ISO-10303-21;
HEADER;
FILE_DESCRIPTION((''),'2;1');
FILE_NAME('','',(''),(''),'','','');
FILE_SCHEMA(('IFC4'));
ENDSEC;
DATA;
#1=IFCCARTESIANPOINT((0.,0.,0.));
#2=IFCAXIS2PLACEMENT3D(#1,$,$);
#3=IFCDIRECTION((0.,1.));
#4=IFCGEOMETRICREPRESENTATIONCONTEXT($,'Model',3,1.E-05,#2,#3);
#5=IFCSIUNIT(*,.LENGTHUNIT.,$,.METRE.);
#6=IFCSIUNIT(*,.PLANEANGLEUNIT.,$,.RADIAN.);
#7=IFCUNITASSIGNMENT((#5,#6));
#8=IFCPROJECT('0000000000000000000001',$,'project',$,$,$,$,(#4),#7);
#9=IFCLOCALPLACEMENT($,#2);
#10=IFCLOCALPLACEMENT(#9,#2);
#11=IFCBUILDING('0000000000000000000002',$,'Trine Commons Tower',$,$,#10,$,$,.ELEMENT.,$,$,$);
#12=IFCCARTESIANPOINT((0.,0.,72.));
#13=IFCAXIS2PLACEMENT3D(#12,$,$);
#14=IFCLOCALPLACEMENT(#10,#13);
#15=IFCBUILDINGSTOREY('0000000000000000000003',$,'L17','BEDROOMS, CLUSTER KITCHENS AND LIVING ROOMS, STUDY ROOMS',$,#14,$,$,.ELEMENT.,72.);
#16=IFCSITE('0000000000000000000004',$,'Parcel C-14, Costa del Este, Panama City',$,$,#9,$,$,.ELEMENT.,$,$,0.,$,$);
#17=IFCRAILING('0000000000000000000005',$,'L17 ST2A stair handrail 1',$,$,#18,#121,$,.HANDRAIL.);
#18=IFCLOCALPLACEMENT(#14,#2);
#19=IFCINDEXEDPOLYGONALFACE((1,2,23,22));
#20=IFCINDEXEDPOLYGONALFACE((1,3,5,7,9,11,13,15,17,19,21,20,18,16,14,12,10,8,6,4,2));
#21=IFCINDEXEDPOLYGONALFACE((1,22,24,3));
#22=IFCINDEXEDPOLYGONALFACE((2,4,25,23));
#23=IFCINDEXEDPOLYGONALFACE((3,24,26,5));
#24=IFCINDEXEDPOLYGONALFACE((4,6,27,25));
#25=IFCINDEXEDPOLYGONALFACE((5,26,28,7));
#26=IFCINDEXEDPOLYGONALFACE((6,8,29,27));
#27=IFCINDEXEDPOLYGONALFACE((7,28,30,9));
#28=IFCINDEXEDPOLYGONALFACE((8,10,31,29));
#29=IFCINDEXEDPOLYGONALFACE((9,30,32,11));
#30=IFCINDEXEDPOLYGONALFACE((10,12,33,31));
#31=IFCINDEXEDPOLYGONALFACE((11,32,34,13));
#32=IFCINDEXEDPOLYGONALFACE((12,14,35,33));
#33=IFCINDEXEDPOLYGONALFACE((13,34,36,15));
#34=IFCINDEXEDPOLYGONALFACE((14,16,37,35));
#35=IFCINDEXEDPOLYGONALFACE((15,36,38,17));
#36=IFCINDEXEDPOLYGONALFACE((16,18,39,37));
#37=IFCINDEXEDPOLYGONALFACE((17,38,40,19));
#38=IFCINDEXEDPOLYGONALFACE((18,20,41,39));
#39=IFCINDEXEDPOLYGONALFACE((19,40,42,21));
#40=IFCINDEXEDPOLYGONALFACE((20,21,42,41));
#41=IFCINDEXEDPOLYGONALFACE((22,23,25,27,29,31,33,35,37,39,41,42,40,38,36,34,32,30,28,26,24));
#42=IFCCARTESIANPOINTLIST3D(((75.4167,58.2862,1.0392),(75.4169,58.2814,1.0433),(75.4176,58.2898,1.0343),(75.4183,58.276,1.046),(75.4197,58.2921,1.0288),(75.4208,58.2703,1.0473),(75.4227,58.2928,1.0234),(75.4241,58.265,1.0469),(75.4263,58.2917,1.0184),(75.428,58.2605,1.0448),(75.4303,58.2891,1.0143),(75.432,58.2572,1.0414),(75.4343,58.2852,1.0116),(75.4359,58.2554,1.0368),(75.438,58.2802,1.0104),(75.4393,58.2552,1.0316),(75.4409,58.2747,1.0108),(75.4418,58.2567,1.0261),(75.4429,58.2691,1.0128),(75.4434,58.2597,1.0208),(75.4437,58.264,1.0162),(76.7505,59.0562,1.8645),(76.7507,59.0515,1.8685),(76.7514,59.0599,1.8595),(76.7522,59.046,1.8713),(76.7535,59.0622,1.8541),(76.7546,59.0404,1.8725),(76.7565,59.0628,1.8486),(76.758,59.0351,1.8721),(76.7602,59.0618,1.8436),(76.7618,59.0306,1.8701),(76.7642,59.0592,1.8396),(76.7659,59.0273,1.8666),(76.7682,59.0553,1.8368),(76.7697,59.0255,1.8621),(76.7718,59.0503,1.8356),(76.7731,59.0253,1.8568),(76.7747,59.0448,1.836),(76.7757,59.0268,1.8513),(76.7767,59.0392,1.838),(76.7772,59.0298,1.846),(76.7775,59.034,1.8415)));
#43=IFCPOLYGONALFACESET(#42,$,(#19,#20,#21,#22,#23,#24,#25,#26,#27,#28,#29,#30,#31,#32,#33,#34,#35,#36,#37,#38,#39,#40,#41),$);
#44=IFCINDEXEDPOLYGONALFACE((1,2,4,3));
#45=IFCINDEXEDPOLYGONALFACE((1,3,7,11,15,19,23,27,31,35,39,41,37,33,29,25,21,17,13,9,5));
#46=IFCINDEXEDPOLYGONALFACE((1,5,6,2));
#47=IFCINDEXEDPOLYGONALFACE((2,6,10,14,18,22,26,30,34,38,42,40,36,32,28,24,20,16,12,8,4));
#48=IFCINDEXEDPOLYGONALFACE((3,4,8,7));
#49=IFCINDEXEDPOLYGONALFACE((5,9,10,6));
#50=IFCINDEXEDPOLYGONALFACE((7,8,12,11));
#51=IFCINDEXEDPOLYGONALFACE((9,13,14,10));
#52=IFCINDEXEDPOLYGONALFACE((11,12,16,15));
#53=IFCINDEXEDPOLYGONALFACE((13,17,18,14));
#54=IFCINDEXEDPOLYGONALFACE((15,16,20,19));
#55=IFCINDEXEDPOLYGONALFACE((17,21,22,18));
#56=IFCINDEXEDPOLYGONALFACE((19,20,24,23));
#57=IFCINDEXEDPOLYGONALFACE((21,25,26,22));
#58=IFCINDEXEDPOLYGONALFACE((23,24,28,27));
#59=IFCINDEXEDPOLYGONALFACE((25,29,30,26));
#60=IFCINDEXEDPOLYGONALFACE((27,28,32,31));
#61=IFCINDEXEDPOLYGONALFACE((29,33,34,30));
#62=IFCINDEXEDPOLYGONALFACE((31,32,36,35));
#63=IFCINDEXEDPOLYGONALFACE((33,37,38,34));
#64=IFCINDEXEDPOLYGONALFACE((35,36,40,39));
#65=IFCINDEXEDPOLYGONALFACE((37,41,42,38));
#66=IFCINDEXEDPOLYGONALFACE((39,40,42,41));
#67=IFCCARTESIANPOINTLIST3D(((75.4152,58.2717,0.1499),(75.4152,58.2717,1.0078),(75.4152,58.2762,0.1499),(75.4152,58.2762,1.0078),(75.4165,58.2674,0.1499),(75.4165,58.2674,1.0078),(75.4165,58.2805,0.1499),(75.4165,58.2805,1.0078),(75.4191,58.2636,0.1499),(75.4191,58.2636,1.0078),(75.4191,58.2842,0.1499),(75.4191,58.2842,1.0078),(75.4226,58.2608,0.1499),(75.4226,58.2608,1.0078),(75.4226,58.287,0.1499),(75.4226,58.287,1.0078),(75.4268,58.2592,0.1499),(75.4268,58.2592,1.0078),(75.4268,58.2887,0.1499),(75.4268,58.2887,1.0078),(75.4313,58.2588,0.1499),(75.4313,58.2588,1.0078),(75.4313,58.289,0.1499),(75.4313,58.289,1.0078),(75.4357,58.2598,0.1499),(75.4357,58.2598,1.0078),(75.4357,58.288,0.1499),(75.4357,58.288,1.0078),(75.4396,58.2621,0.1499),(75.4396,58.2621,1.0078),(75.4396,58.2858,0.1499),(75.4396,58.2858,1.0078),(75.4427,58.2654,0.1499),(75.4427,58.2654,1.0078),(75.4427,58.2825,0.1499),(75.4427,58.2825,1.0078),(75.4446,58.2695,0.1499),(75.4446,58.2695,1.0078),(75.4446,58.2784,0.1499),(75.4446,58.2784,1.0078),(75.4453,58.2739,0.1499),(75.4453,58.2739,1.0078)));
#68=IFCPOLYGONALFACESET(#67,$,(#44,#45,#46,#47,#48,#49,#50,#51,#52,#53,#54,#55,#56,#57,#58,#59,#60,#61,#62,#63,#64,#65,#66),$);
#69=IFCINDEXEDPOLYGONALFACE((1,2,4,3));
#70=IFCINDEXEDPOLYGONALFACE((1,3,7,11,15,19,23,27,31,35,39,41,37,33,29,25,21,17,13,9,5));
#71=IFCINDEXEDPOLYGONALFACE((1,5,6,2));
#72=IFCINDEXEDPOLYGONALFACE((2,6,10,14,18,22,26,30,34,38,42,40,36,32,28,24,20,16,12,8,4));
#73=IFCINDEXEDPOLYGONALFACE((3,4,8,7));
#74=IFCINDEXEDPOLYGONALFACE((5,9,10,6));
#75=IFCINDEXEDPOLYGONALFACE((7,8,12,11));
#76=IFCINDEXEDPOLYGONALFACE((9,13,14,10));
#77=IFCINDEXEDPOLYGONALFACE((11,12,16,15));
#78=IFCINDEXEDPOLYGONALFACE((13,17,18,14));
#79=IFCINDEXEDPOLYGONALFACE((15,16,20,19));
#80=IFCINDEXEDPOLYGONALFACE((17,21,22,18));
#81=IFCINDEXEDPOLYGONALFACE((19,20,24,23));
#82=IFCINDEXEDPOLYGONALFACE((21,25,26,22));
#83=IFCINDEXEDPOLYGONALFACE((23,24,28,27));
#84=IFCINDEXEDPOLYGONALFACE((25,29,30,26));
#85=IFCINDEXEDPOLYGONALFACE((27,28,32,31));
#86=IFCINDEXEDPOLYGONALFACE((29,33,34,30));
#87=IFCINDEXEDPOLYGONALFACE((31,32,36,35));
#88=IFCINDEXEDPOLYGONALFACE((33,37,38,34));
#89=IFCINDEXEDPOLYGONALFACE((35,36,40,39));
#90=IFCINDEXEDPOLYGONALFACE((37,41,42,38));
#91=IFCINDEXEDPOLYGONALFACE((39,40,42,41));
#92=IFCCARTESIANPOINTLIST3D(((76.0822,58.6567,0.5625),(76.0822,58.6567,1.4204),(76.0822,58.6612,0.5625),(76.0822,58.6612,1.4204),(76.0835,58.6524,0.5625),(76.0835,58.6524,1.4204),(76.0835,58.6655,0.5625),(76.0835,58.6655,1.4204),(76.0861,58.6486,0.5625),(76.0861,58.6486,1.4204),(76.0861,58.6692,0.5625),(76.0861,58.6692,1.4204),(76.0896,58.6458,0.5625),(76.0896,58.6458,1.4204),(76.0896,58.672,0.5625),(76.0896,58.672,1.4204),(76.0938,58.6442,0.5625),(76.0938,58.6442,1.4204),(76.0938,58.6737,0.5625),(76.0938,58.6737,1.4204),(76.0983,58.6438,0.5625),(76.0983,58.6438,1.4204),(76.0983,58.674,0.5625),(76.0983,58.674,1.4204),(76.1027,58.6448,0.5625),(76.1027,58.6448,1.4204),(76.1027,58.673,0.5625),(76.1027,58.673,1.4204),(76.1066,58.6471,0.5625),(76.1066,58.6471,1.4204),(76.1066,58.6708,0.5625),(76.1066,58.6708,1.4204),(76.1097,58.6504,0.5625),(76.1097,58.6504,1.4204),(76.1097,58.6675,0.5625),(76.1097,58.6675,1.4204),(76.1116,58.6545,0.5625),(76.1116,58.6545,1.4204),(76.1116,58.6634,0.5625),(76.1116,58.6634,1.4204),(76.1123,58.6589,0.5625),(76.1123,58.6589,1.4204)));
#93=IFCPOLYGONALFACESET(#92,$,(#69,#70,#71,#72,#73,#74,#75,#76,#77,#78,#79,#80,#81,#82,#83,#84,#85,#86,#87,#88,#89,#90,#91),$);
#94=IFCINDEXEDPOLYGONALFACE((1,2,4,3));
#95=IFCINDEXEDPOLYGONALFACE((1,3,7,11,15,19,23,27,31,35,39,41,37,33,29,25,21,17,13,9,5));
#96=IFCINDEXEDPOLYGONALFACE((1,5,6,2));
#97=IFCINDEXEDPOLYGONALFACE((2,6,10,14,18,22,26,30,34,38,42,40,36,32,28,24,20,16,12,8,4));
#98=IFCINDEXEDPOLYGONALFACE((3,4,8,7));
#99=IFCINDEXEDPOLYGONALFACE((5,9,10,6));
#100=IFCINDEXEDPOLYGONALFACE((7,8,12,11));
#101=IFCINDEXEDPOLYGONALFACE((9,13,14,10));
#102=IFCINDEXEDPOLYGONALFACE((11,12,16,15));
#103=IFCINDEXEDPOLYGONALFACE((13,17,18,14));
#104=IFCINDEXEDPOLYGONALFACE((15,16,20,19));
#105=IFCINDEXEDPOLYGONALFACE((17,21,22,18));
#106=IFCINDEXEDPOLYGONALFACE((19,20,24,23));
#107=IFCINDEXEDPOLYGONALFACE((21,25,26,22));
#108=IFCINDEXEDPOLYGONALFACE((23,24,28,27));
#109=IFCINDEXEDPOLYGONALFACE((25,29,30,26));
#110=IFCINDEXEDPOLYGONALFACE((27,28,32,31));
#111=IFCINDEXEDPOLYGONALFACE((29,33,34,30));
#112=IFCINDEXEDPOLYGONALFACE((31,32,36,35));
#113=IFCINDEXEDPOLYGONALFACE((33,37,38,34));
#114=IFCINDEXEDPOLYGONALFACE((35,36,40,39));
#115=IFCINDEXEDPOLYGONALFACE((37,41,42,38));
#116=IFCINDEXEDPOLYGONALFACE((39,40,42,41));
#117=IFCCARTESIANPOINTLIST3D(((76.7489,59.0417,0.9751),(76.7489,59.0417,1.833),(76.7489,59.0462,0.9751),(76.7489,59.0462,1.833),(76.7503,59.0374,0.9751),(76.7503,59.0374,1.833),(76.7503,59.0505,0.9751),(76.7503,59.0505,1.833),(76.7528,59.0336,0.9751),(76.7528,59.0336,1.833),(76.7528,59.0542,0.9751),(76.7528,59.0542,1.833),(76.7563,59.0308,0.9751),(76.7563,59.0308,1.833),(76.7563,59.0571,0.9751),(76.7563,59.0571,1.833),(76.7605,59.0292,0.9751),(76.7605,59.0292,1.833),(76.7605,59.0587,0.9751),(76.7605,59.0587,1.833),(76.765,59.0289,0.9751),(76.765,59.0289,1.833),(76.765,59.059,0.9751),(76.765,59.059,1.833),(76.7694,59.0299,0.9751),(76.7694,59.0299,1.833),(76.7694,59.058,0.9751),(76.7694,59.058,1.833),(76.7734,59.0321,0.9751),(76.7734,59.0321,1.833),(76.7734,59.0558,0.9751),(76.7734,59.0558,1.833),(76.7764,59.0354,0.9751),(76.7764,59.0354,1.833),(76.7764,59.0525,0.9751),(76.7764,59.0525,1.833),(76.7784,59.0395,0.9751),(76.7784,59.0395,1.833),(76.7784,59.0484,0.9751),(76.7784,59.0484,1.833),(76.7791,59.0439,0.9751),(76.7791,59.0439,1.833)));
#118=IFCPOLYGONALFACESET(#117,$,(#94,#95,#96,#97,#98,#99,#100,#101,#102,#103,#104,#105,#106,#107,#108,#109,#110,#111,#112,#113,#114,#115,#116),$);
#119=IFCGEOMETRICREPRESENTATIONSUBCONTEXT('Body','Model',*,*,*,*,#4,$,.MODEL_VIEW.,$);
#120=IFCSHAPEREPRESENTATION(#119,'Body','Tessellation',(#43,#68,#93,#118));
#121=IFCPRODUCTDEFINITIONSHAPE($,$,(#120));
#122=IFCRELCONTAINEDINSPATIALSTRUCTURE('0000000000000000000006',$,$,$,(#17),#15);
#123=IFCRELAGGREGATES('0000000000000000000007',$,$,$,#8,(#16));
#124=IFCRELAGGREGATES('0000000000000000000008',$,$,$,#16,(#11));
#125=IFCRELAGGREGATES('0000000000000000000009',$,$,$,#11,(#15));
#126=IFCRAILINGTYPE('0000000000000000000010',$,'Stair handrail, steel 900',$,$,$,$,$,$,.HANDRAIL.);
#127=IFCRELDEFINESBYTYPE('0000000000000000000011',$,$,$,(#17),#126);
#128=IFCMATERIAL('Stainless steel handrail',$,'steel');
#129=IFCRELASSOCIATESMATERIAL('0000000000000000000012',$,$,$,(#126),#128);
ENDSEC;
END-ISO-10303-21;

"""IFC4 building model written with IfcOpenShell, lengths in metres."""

from ifc_helpers import new_model, si_unit, direction, frame, origin, origin_2d, place, context, subcontext, project, spatial, circle, extrude, material, type_object, element, save


model = new_model("IFC4")

# Units and contexts
model_context = context("Model", 3, precision=1e-05, world=origin(), true_north=direction((0.0, 1.0)))
body_context = subcontext(model_context, "Body", "Model", "MODEL_VIEW")
ifc_project = project(units=[si_unit("LENGTHUNIT", "METRE"), si_unit("PLANEANGLEUNIT", "RADIAN")], contexts=[model_context])

# Site, building, storey
site_placement = place(None, origin())
site = spatial("IfcSite", under=ifc_project, at=site_placement, Name="Parcel C-14, Costa del Este, Panama City", CompositionType="ELEMENT", RefElevation=0.0)
building_placement = place(site_placement, origin())
building = spatial("IfcBuilding", under=site, at=building_placement, Name="Trine Commons Tower", CompositionType="ELEMENT")
storey_placement = place(building_placement, frame((0.0, 0.0, 72.0)))
storey = spatial("IfcBuildingStorey", under=building, at=storey_placement, Name="L17", Description="BEDROOMS, CLUSTER KITCHENS AND LIVING ROOMS, STUDY ROOMS", CompositionType="ELEMENT", Elevation=72.0)

# Railing
ifc_material_1 = material(Name="Stainless steel handrail", Category="steel")
railing_type_1 = type_object("IfcRailingType", Name="Stair handrail, steel 900", PredefinedType="HANDRAIL", material=ifc_material_1)
railing_1_placement = place(storey_placement, frame((75.4302, 58.2739, 0.1499)))
element("IfcRailing", 1, at=railing_1_placement, inside=storey, type_object=railing_type_1, Name="L17 ST2A stair handrail 1", PredefinedType="HANDRAIL", context=body_context, shape_type="SweptSolid", body=[
    extrude(circle(Radius=0.021, at=origin_2d()), frame((0.0, 0.0, 0.8789), z_axis=(0.763355, 0.440714, 0.472293), x_axis=(-0.499992, 0.86603, 0.0)), (0.0, 0.0, 1.0), 1.7473),
    extrude(circle(Radius=0.0151, at=origin_2d()), origin(), (0.0, 0.0, 1.0), 0.8579),
    extrude(circle(Radius=0.0151, at=origin_2d()), frame((0.667, 0.385, 0.4126)), (0.0, 0.0, 1.0), 0.8579),
    extrude(circle(Radius=0.0151, at=origin_2d()), frame((1.3337, 0.77, 0.8252)), (0.0, 0.0, 1.0), 0.8579),
])

save(model, "model.ifc")
